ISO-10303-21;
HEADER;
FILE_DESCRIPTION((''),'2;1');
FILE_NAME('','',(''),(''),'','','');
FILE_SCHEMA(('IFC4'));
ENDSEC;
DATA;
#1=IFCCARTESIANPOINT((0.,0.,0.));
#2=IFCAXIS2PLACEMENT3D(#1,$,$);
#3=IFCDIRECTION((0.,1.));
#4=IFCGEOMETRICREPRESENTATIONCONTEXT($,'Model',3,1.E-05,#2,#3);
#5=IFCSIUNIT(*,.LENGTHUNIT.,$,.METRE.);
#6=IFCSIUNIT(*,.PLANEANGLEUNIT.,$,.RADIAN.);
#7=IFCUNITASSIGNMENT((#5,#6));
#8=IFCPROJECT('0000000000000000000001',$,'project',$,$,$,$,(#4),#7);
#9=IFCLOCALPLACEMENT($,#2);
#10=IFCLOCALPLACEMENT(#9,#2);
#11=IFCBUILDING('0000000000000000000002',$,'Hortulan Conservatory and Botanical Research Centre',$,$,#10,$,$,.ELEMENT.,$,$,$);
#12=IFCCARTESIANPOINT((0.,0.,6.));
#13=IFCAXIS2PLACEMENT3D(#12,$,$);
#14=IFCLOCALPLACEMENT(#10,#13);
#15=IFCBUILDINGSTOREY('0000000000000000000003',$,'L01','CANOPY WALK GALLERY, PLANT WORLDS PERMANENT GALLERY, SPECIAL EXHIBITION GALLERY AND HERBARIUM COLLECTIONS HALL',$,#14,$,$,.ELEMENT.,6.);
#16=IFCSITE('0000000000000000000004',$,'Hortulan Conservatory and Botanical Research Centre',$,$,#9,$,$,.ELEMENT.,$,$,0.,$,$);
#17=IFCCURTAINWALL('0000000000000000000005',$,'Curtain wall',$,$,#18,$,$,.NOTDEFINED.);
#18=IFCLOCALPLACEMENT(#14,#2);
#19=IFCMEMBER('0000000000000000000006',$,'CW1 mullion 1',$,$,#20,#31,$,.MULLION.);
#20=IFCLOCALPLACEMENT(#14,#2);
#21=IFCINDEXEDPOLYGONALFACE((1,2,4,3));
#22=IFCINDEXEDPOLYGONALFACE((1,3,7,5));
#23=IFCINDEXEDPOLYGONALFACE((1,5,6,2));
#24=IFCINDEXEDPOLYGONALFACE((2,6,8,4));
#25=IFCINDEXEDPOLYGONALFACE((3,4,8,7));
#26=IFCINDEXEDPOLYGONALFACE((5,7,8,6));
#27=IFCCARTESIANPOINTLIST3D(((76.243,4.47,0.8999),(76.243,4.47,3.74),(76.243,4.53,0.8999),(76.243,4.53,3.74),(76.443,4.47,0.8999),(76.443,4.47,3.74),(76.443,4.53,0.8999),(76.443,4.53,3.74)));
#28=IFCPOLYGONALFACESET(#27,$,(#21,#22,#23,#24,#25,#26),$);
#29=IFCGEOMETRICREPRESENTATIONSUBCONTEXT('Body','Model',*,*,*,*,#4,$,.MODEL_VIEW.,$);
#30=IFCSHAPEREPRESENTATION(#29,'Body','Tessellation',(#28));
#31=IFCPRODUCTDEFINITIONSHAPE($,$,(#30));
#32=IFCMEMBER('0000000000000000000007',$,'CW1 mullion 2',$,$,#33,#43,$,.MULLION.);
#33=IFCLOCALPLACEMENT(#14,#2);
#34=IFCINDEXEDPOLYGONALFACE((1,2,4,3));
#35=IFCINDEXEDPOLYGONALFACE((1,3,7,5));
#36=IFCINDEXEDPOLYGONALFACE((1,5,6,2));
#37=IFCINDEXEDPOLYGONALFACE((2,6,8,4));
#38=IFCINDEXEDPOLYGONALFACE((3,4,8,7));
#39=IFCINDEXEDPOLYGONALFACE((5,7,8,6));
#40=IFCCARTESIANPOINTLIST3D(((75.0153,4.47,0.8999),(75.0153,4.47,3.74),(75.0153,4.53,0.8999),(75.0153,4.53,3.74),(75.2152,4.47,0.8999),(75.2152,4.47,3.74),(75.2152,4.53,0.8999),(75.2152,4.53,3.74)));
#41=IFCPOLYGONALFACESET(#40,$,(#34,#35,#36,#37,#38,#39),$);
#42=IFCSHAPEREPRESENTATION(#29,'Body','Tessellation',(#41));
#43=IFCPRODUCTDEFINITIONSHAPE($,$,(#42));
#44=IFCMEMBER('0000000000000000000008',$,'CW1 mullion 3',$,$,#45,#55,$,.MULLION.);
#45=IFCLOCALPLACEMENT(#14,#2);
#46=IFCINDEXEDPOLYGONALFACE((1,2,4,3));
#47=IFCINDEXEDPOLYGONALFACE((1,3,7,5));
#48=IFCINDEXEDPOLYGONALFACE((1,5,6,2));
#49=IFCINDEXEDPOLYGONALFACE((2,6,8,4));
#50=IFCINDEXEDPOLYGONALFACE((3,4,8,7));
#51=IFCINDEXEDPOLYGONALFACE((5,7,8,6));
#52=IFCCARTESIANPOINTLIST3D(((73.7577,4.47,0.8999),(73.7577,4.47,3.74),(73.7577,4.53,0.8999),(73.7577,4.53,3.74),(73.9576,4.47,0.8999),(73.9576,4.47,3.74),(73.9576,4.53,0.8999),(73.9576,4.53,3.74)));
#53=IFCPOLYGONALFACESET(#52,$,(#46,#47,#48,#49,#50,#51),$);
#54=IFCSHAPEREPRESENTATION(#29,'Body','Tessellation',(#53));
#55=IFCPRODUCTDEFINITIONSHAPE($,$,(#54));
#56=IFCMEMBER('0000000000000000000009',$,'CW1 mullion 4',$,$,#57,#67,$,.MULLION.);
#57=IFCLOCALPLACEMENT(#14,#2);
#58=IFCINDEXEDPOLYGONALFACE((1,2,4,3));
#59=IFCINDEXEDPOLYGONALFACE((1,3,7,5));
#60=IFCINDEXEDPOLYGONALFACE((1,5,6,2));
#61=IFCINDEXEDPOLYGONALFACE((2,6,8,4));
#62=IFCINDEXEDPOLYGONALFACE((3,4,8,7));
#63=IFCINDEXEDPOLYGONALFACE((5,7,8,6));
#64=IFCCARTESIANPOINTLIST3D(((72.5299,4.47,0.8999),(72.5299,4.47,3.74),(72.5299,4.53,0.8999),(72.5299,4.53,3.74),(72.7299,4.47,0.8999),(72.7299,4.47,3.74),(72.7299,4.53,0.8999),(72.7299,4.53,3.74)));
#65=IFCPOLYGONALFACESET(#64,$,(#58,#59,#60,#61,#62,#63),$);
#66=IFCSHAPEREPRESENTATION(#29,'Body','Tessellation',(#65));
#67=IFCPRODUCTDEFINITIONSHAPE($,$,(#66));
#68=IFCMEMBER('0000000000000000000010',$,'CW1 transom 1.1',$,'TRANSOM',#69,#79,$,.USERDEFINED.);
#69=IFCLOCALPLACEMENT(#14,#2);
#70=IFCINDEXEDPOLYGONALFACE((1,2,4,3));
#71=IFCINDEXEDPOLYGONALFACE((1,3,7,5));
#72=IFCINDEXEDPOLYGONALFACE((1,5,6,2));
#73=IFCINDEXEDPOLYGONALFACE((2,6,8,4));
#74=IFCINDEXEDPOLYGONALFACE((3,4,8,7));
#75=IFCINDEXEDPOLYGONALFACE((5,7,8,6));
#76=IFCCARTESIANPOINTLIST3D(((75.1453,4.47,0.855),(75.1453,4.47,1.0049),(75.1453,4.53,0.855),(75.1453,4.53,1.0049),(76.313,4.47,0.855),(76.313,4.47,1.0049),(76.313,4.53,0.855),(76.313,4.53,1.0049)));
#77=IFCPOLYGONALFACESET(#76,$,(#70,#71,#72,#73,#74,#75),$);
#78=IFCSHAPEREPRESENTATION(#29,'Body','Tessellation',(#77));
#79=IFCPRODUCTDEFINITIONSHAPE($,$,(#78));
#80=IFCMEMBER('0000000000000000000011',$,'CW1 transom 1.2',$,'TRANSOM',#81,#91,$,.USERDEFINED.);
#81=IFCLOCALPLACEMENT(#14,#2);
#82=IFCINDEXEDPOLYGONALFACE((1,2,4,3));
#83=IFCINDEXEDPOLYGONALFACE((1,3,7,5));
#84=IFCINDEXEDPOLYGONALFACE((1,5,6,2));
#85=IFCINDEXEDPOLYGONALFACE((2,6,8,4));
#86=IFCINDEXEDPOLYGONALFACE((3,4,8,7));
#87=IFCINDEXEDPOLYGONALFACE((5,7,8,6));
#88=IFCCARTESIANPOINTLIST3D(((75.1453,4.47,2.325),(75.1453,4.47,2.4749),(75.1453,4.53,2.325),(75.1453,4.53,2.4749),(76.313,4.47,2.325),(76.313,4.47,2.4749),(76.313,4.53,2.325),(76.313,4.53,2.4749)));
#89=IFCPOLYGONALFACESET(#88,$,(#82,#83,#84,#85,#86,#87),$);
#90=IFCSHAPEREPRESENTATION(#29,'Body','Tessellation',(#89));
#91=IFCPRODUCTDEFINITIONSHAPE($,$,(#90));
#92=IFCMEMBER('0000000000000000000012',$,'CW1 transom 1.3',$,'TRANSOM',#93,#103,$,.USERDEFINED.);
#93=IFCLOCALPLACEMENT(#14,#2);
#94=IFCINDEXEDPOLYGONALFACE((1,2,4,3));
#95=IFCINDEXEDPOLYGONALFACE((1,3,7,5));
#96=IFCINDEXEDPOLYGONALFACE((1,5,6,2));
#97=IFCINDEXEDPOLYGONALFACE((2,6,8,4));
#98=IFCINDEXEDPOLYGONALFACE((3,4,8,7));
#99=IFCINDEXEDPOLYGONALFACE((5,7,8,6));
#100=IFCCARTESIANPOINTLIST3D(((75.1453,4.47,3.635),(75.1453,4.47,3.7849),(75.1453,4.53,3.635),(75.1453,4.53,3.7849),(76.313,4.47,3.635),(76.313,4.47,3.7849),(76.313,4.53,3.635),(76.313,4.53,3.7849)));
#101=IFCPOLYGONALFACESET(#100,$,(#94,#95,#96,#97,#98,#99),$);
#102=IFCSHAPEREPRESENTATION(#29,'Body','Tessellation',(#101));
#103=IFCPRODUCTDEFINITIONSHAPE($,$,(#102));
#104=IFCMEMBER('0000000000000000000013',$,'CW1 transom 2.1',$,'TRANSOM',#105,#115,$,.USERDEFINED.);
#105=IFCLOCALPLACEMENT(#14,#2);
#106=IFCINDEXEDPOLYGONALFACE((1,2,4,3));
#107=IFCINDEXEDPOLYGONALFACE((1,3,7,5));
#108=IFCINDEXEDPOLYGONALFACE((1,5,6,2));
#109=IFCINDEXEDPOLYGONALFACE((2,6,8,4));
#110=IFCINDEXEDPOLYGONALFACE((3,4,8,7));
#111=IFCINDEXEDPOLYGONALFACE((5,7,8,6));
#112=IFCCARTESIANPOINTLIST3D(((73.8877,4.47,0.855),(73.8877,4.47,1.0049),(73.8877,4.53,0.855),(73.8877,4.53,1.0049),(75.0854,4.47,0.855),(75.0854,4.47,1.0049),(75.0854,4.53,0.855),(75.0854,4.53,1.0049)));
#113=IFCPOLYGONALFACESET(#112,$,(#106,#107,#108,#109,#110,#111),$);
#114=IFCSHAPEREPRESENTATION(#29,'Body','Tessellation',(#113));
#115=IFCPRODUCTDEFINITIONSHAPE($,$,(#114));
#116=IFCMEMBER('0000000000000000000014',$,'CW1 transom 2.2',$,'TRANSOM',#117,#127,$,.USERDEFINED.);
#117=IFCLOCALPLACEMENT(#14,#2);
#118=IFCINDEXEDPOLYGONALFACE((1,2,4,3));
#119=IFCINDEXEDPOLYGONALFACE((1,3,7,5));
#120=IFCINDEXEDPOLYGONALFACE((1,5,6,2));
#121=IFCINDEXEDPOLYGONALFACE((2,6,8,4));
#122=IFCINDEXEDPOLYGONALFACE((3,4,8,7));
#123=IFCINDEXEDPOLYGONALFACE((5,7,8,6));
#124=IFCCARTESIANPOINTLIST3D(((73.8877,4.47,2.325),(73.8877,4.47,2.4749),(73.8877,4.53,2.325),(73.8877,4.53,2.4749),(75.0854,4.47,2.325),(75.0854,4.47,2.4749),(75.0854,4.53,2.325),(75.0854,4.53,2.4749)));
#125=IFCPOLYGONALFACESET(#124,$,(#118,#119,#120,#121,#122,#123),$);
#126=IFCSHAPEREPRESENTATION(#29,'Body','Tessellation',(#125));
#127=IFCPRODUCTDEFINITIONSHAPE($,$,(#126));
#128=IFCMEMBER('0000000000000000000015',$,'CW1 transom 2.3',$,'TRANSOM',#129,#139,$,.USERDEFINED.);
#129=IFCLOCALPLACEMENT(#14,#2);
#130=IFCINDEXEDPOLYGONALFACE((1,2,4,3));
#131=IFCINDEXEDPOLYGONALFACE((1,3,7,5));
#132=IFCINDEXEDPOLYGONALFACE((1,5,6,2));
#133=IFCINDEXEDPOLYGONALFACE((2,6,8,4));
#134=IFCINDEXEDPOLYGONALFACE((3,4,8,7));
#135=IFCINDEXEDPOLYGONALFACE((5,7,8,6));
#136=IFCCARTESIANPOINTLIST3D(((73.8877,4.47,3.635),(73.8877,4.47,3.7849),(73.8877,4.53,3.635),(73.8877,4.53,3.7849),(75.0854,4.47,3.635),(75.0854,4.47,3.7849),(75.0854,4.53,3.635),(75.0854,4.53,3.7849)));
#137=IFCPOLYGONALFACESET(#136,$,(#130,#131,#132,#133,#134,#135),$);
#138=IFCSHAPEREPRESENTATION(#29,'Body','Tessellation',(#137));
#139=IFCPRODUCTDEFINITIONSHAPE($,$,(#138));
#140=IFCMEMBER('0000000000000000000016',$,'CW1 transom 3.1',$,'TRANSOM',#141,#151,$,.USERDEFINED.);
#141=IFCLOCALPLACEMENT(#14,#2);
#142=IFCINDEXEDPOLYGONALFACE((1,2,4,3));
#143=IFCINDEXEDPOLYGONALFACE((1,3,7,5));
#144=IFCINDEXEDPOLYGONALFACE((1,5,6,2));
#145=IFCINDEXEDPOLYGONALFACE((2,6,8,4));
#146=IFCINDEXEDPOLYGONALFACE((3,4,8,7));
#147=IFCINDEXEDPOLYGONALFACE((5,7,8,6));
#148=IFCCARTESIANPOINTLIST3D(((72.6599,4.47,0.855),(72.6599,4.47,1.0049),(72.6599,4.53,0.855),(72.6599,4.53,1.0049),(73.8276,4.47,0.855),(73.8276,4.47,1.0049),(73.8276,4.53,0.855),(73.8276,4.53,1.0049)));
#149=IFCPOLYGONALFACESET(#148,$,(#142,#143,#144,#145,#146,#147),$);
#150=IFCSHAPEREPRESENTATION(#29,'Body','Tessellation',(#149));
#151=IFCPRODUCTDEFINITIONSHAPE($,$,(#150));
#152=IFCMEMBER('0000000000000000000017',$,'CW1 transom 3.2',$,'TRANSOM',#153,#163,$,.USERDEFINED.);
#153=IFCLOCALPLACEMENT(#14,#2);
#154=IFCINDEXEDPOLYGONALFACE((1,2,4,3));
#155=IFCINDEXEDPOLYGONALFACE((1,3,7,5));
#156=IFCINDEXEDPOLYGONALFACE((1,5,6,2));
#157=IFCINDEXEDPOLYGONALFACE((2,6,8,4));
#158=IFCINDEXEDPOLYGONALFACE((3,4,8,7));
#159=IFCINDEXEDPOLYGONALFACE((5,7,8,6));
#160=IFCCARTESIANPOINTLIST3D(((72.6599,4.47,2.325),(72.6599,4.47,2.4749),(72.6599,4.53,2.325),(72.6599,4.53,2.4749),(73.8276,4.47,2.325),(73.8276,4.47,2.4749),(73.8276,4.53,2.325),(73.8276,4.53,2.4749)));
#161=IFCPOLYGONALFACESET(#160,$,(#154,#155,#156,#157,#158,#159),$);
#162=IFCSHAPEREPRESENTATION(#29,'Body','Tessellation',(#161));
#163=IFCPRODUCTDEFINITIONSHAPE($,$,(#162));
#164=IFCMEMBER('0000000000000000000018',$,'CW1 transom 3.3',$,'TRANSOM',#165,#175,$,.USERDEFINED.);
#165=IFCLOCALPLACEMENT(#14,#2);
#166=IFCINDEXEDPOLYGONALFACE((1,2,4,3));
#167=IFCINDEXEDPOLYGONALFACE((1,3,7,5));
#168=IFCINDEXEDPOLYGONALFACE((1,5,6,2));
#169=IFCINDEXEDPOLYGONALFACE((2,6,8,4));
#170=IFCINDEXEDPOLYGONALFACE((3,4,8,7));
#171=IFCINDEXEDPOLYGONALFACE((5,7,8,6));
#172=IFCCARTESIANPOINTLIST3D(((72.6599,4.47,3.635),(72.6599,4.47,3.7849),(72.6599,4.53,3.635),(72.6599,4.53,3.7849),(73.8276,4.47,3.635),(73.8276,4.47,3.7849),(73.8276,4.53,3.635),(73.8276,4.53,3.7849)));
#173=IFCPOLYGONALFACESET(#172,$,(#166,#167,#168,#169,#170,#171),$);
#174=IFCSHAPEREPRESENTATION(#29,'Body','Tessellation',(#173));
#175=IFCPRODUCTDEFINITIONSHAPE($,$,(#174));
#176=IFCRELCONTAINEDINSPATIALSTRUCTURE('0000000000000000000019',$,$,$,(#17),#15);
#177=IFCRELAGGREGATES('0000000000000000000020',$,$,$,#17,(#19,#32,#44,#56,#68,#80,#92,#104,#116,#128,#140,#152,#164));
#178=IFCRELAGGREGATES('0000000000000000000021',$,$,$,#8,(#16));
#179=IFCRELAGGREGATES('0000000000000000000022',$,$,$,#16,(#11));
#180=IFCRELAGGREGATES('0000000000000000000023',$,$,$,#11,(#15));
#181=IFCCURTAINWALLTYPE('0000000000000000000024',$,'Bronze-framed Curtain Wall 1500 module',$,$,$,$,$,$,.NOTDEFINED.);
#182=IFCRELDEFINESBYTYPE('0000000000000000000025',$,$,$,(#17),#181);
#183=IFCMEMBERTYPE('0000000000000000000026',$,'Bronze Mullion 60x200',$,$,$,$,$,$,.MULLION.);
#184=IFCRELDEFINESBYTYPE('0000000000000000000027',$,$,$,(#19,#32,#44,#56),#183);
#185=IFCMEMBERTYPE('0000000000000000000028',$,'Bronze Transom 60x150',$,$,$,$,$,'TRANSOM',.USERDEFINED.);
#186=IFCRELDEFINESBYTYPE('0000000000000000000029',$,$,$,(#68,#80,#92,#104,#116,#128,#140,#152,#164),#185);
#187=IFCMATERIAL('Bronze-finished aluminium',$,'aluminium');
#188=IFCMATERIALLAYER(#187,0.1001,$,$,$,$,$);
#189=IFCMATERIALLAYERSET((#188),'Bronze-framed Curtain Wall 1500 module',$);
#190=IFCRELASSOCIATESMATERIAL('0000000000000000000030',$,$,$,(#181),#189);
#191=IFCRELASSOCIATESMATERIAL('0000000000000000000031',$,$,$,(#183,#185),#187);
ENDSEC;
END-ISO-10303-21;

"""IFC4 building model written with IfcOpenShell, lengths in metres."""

from ifc_helpers import new_model, si_unit, direction, frame, origin, origin_2d, place, context, subcontext, project, spatial, rectangle, extrude, material, layer, layer_set, material_profile, profile_set, type_object, element, aggregate, save


model = new_model("IFC4")

# Units and contexts
model_context = context("Model", 3, precision=1e-05, world=origin(), true_north=direction((0.0, 1.0)))
body_context = subcontext(model_context, "Body", "Model", "MODEL_VIEW")
ifc_project = project(units=[si_unit("LENGTHUNIT", "METRE"), si_unit("PLANEANGLEUNIT", "RADIAN")], contexts=[model_context])

# Site, building, storey
site_placement = place(None, origin())
site = spatial("IfcSite", under=ifc_project, at=site_placement, Name="Hortulan Conservatory and Botanical Research Centre", CompositionType="ELEMENT", RefElevation=0.0)
building_placement = place(site_placement, origin())
building = spatial("IfcBuilding", under=site, at=building_placement, Name="Hortulan Conservatory and Botanical Research Centre", CompositionType="ELEMENT")
storey_placement = place(building_placement, frame((0.0, 0.0, 6.0)))
storey = spatial("IfcBuildingStorey", under=building, at=storey_placement, Name="L01", Description="CANOPY WALK GALLERY, PLANT WORLDS PERMANENT GALLERY, SPECIAL EXHIBITION GALLERY AND HERBARIUM COLLECTIONS HALL", CompositionType="ELEMENT", Elevation=6.0)

# Curtain wall, members
ifc_material_1 = material(Name="Bronze-finished aluminium", Category="aluminium")
ifc_layer_1 = layer(ifc_material_1, 0.1001)
ifc_layer_set_1 = layer_set([ifc_layer_1], Name="Bronze-framed Curtain Wall 1500 module")
curtain_wall_type = type_object("IfcCurtainWallType", Name="Bronze-framed Curtain Wall 1500 module", PredefinedType="NOTDEFINED", material=ifc_layer_set_1)
curtain_wall_placement = place(storey_placement, origin())
curtain_wall = element("IfcCurtainWall", 1, at=curtain_wall_placement, inside=storey, type_object=curtain_wall_type, Name="Curtain wall", PredefinedType="NOTDEFINED")
ifc_material_profile_1 = material_profile(ifc_material_1, rectangle(XDim=0.0601, YDim=0.2, at=origin_2d()), Name="Bronze Mullion 60x200")
ifc_profile_set_1 = profile_set([ifc_material_profile_1], Name="Bronze-finished aluminium")
member_type_1 = type_object("IfcMemberType", Name="Bronze Mullion 60x200", PredefinedType="MULLION", material=ifc_profile_set_1)
member_1_placement = place(storey_placement, frame((76.343, 4.5, 0.8999), z_axis=(0.0, 0.0, 1.0), x_axis=(0.0, -1.0, 0.0)))
member_1 = element("IfcMember", 2, at=member_1_placement, type_object=member_type_1, Name="CW1 mullion 1", PredefinedType="MULLION", context=body_context, shape_type="SweptSolid", body=[
    extrude(rectangle(XDim=0.0601, YDim=0.2, at=origin_2d()), origin(), (0.0, 0.0, 1.0), 2.8401),
])
member_2_placement = place(storey_placement, frame((75.1152, 4.5, 0.8999), z_axis=(0.0, 0.0, 1.0), x_axis=(0.0, -1.0, 0.0)))
member_2 = element("IfcMember", 3, at=member_2_placement, type_object=member_type_1, Name="CW1 mullion 2", PredefinedType="MULLION", context=body_context, shape_type="SweptSolid", body=[
    extrude(rectangle(XDim=0.0601, YDim=0.2, at=origin_2d()), origin(), (0.0, 0.0, 1.0), 2.8401),
])
member_3_placement = place(storey_placement, frame((73.8577, 4.5, 0.8999), z_axis=(0.0, 0.0, 1.0), x_axis=(0.0, -1.0, 0.0)))
member_3 = element("IfcMember", 4, at=member_3_placement, type_object=member_type_1, Name="CW1 mullion 3", PredefinedType="MULLION", context=body_context, shape_type="SweptSolid", body=[
    extrude(rectangle(XDim=0.0601, YDim=0.2, at=origin_2d()), origin(), (0.0, 0.0, 1.0), 2.8401),
])
member_4_placement = place(storey_placement, frame((72.6299, 4.5, 0.8999), z_axis=(0.0, 0.0, 1.0), x_axis=(0.0, -1.0, 0.0)))
member_4 = element("IfcMember", 5, at=member_4_placement, type_object=member_type_1, Name="CW1 mullion 4", PredefinedType="MULLION", context=body_context, shape_type="SweptSolid", body=[
    extrude(rectangle(XDim=0.0601, YDim=0.2, at=origin_2d()), origin(), (0.0, 0.0, 1.0), 2.8401),
])
ifc_material_profile_2 = material_profile(ifc_material_1, rectangle(XDim=0.0601, YDim=0.1499, at=origin_2d()), Name="Bronze Transom 60x150")
ifc_profile_set_2 = profile_set([ifc_material_profile_2], Name="Bronze-finished aluminium")
member_type_2 = type_object("IfcMemberType", Name="Bronze Transom 60x150", ElementType="TRANSOM", PredefinedType="USERDEFINED", material=ifc_profile_set_2)
member_5_placement = place(storey_placement, frame((76.313, 4.5, 0.9299), z_axis=(-1.0, 0.0, 0.0), x_axis=(0.0, -1.0, 0.0)))
member_5 = element("IfcMember", 6, at=member_5_placement, type_object=member_type_2, Name="CW1 transom 1.1", ObjectType="TRANSOM", PredefinedType="USERDEFINED", context=body_context, shape_type="SweptSolid", body=[
    extrude(rectangle(XDim=0.0601, YDim=0.1499, at=origin_2d()), origin(), (0.0, 0.0, 1.0), 1.1677),
])
member_6_placement = place(storey_placement, frame((76.313, 4.5, 2.3999), z_axis=(-1.0, 0.0, 0.0), x_axis=(0.0, -1.0, 0.0)))
member_6 = element("IfcMember", 7, at=member_6_placement, type_object=member_type_2, Name="CW1 transom 1.2", ObjectType="TRANSOM", PredefinedType="USERDEFINED", context=body_context, shape_type="SweptSolid", body=[
    extrude(rectangle(XDim=0.0601, YDim=0.1499, at=origin_2d()), origin(), (0.0, 0.0, 1.0), 1.1677),
])
member_7_placement = place(storey_placement, frame((76.313, 4.5, 3.71), z_axis=(-1.0, 0.0, 0.0), x_axis=(0.0, -1.0, 0.0)))
member_7 = element("IfcMember", 8, at=member_7_placement, type_object=member_type_2, Name="CW1 transom 1.3", ObjectType="TRANSOM", PredefinedType="USERDEFINED", context=body_context, shape_type="SweptSolid", body=[
    extrude(rectangle(XDim=0.0601, YDim=0.1499, at=origin_2d()), origin(), (0.0, 0.0, 1.0), 1.1677),
])
member_8_placement = place(storey_placement, frame((75.0854, 4.5, 0.9299), z_axis=(-1.0, 0.0, 0.0), x_axis=(0.0, -1.0, 0.0)))
member_8 = element("IfcMember", 9, at=member_8_placement, type_object=member_type_2, Name="CW1 transom 2.1", ObjectType="TRANSOM", PredefinedType="USERDEFINED", context=body_context, shape_type="SweptSolid", body=[
    extrude(rectangle(XDim=0.0601, YDim=0.1499, at=origin_2d()), origin(), (0.0, 0.0, 1.0), 1.1978),
])
member_9_placement = place(storey_placement, frame((75.0854, 4.5, 2.3999), z_axis=(-1.0, 0.0, 0.0), x_axis=(0.0, -1.0, 0.0)))
member_9 = element("IfcMember", 10, at=member_9_placement, type_object=member_type_2, Name="CW1 transom 2.2", ObjectType="TRANSOM", PredefinedType="USERDEFINED", context=body_context, shape_type="SweptSolid", body=[
    extrude(rectangle(XDim=0.0601, YDim=0.1499, at=origin_2d()), origin(), (0.0, 0.0, 1.0), 1.1978),
])
member_10_placement = place(storey_placement, frame((75.0854, 4.5, 3.71), z_axis=(-1.0, 0.0, 0.0), x_axis=(0.0, -1.0, 0.0)))
member_10 = element("IfcMember", 11, at=member_10_placement, type_object=member_type_2, Name="CW1 transom 2.3", ObjectType="TRANSOM", PredefinedType="USERDEFINED", context=body_context, shape_type="SweptSolid", body=[
    extrude(rectangle(XDim=0.0601, YDim=0.1499, at=origin_2d()), origin(), (0.0, 0.0, 1.0), 1.1978),
])
member_11_placement = place(storey_placement, frame((73.8276, 4.5, 0.9299), z_axis=(-1.0, 0.0, 0.0), x_axis=(0.0, -1.0, 0.0)))
member_11 = element("IfcMember", 12, at=member_11_placement, type_object=member_type_2, Name="CW1 transom 3.1", ObjectType="TRANSOM", PredefinedType="USERDEFINED", context=body_context, shape_type="SweptSolid", body=[
    extrude(rectangle(XDim=0.0601, YDim=0.1499, at=origin_2d()), origin(), (0.0, 0.0, 1.0), 1.1677),
])
member_12_placement = place(storey_placement, frame((73.8276, 4.5, 2.3999), z_axis=(-1.0, 0.0, 0.0), x_axis=(0.0, -1.0, 0.0)))
member_12 = element("IfcMember", 13, at=member_12_placement, type_object=member_type_2, Name="CW1 transom 3.2", ObjectType="TRANSOM", PredefinedType="USERDEFINED", context=body_context, shape_type="SweptSolid", body=[
    extrude(rectangle(XDim=0.0601, YDim=0.1499, at=origin_2d()), origin(), (0.0, 0.0, 1.0), 1.1677),
])
member_13_placement = place(storey_placement, frame((73.8276, 4.5, 3.71), z_axis=(-1.0, 0.0, 0.0), x_axis=(0.0, -1.0, 0.0)))
member_13 = element("IfcMember", 14, at=member_13_placement, type_object=member_type_2, Name="CW1 transom 3.3", ObjectType="TRANSOM", PredefinedType="USERDEFINED", context=body_context, shape_type="SweptSolid", body=[
    extrude(rectangle(XDim=0.0601, YDim=0.1499, at=origin_2d()), origin(), (0.0, 0.0, 1.0), 1.1677),
])

aggregate(curtain_wall, [member_1, member_2, member_3, member_4, member_5, member_6, member_7, member_8, member_9, member_10, member_11, member_12, member_13])

save(model, "model.ifc")
